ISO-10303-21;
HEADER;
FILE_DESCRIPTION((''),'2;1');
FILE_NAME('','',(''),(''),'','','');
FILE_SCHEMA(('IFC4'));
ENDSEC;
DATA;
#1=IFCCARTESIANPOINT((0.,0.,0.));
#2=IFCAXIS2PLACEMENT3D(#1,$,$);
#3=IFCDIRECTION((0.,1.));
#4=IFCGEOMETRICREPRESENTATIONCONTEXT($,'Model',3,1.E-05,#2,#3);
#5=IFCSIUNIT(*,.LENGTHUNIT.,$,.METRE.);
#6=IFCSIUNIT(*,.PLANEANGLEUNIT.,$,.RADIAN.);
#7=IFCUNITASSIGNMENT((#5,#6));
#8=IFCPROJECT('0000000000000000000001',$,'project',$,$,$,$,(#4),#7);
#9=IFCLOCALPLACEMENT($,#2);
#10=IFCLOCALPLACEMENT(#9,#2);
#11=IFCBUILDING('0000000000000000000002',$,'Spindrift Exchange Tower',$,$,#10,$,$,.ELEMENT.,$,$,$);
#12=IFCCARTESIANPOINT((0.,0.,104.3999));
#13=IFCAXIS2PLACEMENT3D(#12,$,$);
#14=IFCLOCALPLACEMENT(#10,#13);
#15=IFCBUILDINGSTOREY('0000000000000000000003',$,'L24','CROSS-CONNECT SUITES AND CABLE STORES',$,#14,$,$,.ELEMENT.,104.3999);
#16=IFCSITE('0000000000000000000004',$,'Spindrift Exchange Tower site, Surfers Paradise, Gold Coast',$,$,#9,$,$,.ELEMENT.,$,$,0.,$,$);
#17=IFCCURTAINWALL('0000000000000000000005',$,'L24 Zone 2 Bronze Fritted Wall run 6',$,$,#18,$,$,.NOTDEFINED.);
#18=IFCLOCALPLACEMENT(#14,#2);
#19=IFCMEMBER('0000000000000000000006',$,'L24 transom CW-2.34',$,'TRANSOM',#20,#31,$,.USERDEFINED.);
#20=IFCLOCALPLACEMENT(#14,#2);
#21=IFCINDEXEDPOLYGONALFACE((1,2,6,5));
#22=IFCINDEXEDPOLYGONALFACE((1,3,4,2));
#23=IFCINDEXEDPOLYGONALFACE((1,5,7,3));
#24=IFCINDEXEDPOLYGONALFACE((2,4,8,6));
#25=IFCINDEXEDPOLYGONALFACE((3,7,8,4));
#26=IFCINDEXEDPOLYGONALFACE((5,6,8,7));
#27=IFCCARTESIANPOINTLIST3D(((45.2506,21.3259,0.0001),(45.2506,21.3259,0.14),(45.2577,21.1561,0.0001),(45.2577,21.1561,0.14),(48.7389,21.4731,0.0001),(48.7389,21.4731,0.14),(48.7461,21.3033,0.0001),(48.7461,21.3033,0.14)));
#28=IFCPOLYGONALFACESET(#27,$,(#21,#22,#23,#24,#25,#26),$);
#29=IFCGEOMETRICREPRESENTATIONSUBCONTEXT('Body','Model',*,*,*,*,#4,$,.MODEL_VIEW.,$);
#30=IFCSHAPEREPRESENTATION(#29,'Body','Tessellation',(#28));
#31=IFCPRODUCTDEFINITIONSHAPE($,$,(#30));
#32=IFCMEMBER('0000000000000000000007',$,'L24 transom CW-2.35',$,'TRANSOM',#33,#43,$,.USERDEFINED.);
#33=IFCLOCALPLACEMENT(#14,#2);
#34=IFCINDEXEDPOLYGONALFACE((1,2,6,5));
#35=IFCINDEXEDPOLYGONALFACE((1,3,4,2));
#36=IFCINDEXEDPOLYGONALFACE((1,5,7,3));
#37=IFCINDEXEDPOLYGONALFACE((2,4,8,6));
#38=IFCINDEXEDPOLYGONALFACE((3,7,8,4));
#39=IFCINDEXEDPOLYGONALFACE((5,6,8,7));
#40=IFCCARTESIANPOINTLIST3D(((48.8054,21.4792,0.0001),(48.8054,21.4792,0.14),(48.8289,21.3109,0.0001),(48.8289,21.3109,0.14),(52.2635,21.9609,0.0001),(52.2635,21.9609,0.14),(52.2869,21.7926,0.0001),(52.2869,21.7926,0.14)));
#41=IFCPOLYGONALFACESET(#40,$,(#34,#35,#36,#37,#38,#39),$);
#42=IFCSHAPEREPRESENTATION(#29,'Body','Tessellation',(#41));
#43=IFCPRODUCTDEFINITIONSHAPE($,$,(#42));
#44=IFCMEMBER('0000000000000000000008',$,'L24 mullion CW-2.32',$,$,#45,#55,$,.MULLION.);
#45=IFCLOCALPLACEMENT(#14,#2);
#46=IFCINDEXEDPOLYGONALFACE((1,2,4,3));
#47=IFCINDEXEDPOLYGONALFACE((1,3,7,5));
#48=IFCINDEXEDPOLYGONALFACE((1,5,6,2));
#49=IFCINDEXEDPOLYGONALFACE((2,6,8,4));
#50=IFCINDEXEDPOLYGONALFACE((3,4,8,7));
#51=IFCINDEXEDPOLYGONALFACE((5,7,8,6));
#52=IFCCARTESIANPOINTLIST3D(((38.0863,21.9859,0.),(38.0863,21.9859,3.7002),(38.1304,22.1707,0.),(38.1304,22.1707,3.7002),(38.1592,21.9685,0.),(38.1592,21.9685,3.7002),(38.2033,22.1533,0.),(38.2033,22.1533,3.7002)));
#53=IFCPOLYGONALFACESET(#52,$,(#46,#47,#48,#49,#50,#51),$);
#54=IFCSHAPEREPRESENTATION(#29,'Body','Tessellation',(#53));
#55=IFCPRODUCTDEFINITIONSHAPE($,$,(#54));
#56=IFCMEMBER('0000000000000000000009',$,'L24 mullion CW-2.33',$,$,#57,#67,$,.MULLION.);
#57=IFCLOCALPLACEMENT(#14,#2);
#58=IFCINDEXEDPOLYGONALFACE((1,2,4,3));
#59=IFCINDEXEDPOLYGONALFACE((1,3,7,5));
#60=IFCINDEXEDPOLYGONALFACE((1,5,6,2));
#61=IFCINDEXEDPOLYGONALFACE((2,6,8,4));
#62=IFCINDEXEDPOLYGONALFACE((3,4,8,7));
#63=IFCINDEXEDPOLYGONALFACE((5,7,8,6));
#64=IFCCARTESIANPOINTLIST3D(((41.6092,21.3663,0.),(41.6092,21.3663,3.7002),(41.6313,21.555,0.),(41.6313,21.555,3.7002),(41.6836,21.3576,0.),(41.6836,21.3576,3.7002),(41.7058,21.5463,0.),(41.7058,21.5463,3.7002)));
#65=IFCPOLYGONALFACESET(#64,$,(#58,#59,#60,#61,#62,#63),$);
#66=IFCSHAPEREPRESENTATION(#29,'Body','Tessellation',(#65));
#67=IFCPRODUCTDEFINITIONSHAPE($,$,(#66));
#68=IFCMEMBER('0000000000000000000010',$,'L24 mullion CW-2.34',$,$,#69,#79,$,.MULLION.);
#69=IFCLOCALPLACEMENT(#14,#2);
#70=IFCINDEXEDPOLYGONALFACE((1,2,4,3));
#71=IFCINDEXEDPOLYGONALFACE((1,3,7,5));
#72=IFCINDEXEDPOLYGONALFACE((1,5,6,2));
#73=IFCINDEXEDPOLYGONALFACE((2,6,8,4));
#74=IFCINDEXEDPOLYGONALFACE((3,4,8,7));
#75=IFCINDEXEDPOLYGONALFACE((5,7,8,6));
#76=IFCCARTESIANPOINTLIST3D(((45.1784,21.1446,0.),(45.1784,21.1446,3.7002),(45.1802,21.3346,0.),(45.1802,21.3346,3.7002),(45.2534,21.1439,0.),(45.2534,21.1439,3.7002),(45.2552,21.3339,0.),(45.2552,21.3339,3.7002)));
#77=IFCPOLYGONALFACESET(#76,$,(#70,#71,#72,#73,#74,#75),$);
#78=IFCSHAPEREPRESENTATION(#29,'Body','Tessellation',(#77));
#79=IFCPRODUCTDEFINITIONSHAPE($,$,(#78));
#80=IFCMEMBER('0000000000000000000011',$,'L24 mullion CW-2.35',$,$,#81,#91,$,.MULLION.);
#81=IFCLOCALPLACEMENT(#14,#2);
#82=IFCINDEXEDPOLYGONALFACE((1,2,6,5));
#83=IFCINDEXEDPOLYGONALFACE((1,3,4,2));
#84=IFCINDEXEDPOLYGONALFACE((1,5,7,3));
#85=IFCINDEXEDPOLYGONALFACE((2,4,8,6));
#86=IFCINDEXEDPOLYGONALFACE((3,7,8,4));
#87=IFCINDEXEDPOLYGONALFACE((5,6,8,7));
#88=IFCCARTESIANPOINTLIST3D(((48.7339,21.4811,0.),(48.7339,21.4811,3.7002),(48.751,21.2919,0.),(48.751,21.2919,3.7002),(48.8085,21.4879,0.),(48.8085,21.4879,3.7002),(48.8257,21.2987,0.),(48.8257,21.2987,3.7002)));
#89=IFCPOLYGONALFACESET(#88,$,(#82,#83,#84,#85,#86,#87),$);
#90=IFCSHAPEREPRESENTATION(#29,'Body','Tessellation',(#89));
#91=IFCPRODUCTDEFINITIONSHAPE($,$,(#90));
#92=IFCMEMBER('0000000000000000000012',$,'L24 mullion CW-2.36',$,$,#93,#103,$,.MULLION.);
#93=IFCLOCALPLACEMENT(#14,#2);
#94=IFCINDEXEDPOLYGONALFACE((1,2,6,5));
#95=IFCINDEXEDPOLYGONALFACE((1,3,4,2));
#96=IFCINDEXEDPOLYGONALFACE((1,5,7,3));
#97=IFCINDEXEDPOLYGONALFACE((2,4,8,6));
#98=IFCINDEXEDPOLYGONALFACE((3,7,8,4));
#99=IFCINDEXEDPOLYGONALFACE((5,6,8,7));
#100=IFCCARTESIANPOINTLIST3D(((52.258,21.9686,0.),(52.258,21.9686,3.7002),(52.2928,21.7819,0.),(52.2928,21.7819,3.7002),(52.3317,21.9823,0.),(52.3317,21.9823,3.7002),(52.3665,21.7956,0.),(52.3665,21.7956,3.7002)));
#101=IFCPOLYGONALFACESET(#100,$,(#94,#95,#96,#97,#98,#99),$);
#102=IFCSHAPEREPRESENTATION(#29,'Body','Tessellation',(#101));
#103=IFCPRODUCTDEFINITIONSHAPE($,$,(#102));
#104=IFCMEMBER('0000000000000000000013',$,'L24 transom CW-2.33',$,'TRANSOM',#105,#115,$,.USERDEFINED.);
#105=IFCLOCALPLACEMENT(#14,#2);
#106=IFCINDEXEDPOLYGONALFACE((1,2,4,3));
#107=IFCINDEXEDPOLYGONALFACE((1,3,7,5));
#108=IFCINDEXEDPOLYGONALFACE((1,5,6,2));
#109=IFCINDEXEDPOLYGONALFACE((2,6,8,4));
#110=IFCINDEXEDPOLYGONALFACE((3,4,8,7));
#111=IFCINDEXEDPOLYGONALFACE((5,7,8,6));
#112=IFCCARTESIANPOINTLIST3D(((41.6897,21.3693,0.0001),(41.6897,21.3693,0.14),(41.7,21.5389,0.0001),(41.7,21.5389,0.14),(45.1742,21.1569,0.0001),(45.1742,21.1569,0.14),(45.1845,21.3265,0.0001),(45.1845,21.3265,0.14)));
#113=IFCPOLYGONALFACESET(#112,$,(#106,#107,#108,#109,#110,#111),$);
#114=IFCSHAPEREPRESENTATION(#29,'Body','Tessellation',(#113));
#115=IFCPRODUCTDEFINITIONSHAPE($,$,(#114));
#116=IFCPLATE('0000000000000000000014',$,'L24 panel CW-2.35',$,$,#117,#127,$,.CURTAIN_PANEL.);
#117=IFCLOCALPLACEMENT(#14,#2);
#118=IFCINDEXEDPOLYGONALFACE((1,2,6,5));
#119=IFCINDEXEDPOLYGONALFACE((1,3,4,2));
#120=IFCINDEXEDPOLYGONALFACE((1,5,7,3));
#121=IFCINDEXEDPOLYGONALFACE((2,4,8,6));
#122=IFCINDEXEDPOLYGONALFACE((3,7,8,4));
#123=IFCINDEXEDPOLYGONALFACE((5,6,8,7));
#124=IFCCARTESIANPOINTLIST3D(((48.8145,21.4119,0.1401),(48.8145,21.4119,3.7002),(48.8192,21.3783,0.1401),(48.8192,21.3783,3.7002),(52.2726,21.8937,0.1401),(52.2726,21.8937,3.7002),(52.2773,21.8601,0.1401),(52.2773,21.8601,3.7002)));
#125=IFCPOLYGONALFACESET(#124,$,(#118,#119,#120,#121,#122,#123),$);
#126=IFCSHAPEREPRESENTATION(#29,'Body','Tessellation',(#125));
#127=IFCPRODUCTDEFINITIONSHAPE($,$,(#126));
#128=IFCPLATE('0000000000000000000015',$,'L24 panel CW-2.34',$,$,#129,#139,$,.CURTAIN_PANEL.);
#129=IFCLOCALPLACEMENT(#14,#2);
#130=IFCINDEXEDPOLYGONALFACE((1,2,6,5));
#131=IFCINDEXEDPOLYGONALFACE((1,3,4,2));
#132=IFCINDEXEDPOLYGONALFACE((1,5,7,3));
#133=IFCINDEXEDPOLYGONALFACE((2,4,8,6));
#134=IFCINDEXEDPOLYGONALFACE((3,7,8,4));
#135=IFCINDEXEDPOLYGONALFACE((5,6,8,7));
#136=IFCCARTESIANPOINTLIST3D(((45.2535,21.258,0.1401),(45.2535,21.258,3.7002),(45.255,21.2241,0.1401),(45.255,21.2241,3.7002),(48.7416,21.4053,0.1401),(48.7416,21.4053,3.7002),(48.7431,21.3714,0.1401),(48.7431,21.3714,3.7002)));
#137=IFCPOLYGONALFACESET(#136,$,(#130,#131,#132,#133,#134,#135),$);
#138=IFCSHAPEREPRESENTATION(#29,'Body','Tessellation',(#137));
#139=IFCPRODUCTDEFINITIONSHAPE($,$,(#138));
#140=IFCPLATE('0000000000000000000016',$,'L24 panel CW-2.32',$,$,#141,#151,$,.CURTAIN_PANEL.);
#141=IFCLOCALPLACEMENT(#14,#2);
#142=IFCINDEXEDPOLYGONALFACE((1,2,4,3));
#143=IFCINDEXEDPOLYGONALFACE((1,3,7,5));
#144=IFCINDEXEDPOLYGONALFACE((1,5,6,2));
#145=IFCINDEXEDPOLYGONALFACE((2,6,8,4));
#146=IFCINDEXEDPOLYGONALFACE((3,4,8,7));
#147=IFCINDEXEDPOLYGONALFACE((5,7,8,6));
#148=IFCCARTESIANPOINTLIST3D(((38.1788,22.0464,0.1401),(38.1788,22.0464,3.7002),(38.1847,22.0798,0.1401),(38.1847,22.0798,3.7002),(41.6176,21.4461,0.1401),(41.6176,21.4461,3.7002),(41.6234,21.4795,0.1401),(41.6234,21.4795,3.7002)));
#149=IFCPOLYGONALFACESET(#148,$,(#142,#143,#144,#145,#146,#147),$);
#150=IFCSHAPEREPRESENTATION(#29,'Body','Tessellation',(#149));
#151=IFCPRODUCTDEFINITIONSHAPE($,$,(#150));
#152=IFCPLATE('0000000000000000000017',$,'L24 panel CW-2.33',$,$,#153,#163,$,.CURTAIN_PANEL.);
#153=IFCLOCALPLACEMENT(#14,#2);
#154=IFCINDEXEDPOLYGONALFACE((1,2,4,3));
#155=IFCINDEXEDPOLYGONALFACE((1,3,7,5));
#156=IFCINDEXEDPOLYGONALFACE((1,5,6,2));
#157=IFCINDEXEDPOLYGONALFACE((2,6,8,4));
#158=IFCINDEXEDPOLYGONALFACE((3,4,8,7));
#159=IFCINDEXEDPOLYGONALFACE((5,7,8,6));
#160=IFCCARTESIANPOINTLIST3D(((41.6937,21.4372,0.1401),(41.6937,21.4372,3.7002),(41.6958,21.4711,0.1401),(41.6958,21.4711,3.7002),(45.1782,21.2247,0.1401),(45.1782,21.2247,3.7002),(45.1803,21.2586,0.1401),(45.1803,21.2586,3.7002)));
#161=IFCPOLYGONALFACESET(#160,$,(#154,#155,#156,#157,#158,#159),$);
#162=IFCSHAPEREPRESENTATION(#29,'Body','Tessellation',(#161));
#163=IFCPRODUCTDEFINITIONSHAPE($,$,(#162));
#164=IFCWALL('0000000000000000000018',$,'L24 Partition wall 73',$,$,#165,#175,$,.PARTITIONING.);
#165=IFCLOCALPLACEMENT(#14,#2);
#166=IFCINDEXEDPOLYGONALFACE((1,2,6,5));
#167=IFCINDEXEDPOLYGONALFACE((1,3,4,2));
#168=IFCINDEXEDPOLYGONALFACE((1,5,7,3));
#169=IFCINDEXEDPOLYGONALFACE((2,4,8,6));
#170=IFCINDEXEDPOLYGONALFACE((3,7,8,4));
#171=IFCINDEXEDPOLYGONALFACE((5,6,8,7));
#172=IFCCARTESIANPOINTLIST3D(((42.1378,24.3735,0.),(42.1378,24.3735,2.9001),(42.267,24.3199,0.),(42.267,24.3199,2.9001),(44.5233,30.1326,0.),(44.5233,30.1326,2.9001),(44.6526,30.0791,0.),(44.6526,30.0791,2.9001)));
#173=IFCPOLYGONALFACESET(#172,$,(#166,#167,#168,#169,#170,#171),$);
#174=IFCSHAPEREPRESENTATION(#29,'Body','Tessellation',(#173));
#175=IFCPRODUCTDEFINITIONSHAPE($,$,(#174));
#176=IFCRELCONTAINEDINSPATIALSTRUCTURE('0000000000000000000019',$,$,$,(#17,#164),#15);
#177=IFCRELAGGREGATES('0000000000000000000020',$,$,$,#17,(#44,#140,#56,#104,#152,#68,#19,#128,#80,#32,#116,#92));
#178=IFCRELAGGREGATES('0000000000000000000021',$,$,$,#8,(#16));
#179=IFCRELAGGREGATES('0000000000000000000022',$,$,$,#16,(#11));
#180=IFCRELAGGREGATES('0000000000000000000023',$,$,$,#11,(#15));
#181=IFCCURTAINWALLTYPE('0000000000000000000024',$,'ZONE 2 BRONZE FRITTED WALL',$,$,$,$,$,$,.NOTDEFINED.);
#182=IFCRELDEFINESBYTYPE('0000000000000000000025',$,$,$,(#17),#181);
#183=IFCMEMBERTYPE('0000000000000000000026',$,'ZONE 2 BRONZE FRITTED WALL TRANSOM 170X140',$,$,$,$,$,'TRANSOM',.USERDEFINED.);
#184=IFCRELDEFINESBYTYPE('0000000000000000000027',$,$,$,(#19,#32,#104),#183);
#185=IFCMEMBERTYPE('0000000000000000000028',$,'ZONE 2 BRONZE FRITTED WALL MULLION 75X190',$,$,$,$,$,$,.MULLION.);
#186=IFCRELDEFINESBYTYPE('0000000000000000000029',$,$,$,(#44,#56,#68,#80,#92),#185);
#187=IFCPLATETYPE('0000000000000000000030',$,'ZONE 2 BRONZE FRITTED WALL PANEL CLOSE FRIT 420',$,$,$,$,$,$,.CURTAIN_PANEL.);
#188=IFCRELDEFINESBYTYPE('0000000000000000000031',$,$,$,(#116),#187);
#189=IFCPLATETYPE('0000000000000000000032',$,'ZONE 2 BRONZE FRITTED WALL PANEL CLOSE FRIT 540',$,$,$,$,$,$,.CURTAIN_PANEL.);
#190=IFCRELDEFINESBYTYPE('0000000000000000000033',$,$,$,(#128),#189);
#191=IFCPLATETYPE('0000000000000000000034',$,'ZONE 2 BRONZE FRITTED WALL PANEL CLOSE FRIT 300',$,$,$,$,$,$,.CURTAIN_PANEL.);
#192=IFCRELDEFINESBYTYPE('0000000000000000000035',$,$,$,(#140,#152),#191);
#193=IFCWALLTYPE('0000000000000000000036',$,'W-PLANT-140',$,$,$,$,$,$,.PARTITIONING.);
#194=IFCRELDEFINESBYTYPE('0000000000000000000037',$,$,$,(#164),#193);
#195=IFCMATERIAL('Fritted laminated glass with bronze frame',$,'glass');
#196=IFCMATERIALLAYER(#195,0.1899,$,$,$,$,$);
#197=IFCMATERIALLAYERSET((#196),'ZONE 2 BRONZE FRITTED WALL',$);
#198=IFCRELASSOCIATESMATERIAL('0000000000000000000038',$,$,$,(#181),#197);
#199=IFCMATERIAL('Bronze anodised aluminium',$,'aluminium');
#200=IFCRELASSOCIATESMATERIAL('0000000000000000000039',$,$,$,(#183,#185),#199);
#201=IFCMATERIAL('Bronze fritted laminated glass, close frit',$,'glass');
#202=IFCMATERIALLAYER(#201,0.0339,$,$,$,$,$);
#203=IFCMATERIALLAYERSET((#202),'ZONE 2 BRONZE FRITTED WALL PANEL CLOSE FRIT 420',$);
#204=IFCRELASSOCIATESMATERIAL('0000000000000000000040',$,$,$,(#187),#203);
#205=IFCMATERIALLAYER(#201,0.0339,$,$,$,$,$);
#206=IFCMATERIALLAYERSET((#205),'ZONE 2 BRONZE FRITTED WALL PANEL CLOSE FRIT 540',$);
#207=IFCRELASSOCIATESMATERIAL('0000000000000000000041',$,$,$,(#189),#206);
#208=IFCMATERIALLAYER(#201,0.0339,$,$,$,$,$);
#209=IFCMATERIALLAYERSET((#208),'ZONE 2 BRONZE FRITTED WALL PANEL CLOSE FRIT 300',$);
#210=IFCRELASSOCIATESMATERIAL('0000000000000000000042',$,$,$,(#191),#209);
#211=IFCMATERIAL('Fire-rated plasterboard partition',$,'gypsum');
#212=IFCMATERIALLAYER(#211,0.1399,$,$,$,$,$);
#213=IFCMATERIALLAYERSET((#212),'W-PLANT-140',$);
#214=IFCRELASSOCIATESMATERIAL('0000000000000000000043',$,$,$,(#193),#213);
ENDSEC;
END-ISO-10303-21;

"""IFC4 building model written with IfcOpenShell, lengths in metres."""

from ifc_helpers import new_model, si_unit, direction, frame, frame_2d, origin, origin_2d, place, context, subcontext, project, spatial, rectangle, extrude, source, transform, mapped, material, layer, layer_set, material_profile, profile_set, type_object, element, aggregate, save


model = new_model("IFC4")

# Units and contexts
model_context = context("Model", 3, precision=1e-05, world=origin(), true_north=direction((0.0, 1.0)))
body_context = subcontext(model_context, "Body", "Model", "MODEL_VIEW")
ifc_project = project(units=[si_unit("LENGTHUNIT", "METRE"), si_unit("PLANEANGLEUNIT", "RADIAN")], contexts=[model_context])

# Site, building, storey
site_placement = place(None, origin())
site = spatial("IfcSite", under=ifc_project, at=site_placement, Name="Spindrift Exchange Tower site, Surfers Paradise, Gold Coast", CompositionType="ELEMENT", RefElevation=0.0)
building_placement = place(site_placement, origin())
building = spatial("IfcBuilding", under=site, at=building_placement, Name="Spindrift Exchange Tower", CompositionType="ELEMENT")
storey_placement = place(building_placement, frame((0.0, 0.0, 104.3999)))
storey = spatial("IfcBuildingStorey", under=building, at=storey_placement, Name="L24", Description="CROSS-CONNECT SUITES AND CABLE STORES", CompositionType="ELEMENT", Elevation=104.3999)

# Curtain wall, members, plates
ifc_material_1 = material(Name="Fritted laminated glass with bronze frame", Category="glass")
ifc_layer_1 = layer(ifc_material_1, 0.1899)
ifc_layer_set_1 = layer_set([ifc_layer_1], Name="ZONE 2 BRONZE FRITTED WALL")
curtain_wall_type = type_object("IfcCurtainWallType", Name="ZONE 2 BRONZE FRITTED WALL", PredefinedType="NOTDEFINED", material=ifc_layer_set_1)
curtain_wall_placement = place(storey_placement, origin())
curtain_wall = element("IfcCurtainWall", 1, at=curtain_wall_placement, inside=storey, type_object=curtain_wall_type, Name="L24 Zone 2 Bronze Fritted Wall run 6", PredefinedType="NOTDEFINED")
ifc_material_2 = material(Name="Bronze anodised aluminium", Category="aluminium")
ifc_material_profile_1 = material_profile(ifc_material_2, rectangle(XDim=0.1699, YDim=0.1399, at=origin_2d()), Name="ZONE 2 BRONZE FRITTED WALL TRANSOM 170X140")
ifc_profile_set_1 = profile_set([ifc_material_profile_1], Name="Bronze anodised aluminium")
member_type_1 = type_object("IfcMemberType", Name="ZONE 2 BRONZE FRITTED WALL TRANSOM 170X140", ElementType="TRANSOM", PredefinedType="USERDEFINED", material=ifc_profile_set_1)
shared_shape_1 = source(origin(), body_context, "Body", "SweptSolid", [
    extrude(rectangle(XDim=0.1699, YDim=0.1399, at=origin_2d()), origin(), (0.0, 0.0, 1.0), 3.4915),
])
member_1_placement = place(storey_placement, frame((45.2542, 21.241, 0.0701), z_axis=(0.999111, 0.042166, 0.0), x_axis=(-0.042166, 0.999111, 0.0)))
member_1 = element("IfcMember", 2, at=member_1_placement, type_object=member_type_1, Name="L24 transom CW-2.34", ObjectType="TRANSOM", PredefinedType="USERDEFINED", context=body_context, shape_type="MappedRepresentation", body=[
    mapped(shared_shape_1, transform((0.0, 0.0, 0.0), scale=1.0)),
])
member_2_placement = place(storey_placement, frame((48.8171, 21.395, 0.0701), z_axis=(0.990437, 0.137965, 0.0), x_axis=(-0.137965, 0.990437, 0.0)))
member_2 = element("IfcMember", 3, at=member_2_placement, type_object=member_type_1, Name="L24 transom CW-2.35", ObjectType="TRANSOM", PredefinedType="USERDEFINED", context=body_context, shape_type="MappedRepresentation", body=[
    mapped(shared_shape_1, transform((0.0, 0.0, 0.0), scale=1.0)),
])
ifc_material_profile_2 = material_profile(ifc_material_2, rectangle(XDim=0.075, YDim=0.1899, at=origin_2d()), Name="ZONE 2 BRONZE FRITTED WALL MULLION 75X190")
ifc_profile_set_2 = profile_set([ifc_material_profile_2], Name="Bronze anodised aluminium")
member_type_2 = type_object("IfcMemberType", Name="ZONE 2 BRONZE FRITTED WALL MULLION 75X190", PredefinedType="MULLION", material=ifc_profile_set_2)
shared_shape_2 = source(origin(), body_context, "Body", "SweptSolid", [
    extrude(rectangle(XDim=0.075, YDim=0.1899, at=origin_2d()), origin(), (0.0, 0.0, 1.0), 3.7002),
])
member_3_placement = place(storey_placement, frame((38.1448, 22.0696, 0.0), z_axis=(0.0, 0.0, 1.0), x_axis=(0.972694, -0.232092, 0.0)))
member_3 = element("IfcMember", 4, at=member_3_placement, type_object=member_type_2, Name="L24 mullion CW-2.32", PredefinedType="MULLION", context=body_context, shape_type="MappedRepresentation", body=[
    mapped(shared_shape_2, transform((0.0, 0.0, 0.0), scale=1.0)),
])
member_4_placement = place(storey_placement, frame((41.6575, 21.4563, 0.0), z_axis=(0.0, 0.0, 1.0), x_axis=(0.993178, -0.116608, 0.0)))
member_4 = element("IfcMember", 5, at=member_4_placement, type_object=member_type_2, Name="L24 mullion CW-2.33", PredefinedType="MULLION", context=body_context, shape_type="MappedRepresentation", body=[
    mapped(shared_shape_2, transform((0.0, 0.0, 0.0), scale=1.0)),
])
member_5_placement = place(storey_placement, frame((45.2168, 21.2393, 0.0), z_axis=(0.0, 0.0, 1.0), x_axis=(0.999956, -0.009352, 0.0)))
member_5 = element("IfcMember", 6, at=member_5_placement, type_object=member_type_2, Name="L24 mullion CW-2.34", PredefinedType="MULLION", context=body_context, shape_type="MappedRepresentation", body=[
    mapped(shared_shape_2, transform((0.0, 0.0, 0.0), scale=1.0)),
])
member_6_placement = place(storey_placement, frame((48.7798, 21.3899, 0.0), z_axis=(0.0, 0.0, 1.0), x_axis=(0.995923, 0.090209, 0.0)))
member_6 = element("IfcMember", 7, at=member_6_placement, type_object=member_type_2, Name="L24 mullion CW-2.35", PredefinedType="MULLION", context=body_context, shape_type="MappedRepresentation", body=[
    mapped(shared_shape_2, transform((0.0, 0.0, 0.0), scale=1.0)),
])
member_7_placement = place(storey_placement, frame((52.3123, 21.8821, 0.0), z_axis=(0.0, 0.0, 1.0), x_axis=(0.98312, 0.18296, 0.0)))
member_7 = element("IfcMember", 8, at=member_7_placement, type_object=member_type_2, Name="L24 mullion CW-2.36", PredefinedType="MULLION", context=body_context, shape_type="MappedRepresentation", body=[
    mapped(shared_shape_2, transform((0.0, 0.0, 0.0), scale=1.0)),
])
shared_shape_3 = source(origin(), body_context, "Body", "SweptSolid", [
    extrude(rectangle(XDim=0.1699, YDim=0.1399, at=origin_2d()), origin(), (0.0, 0.0, 1.0), 3.491),
])
member_8_placement = place(storey_placement, frame((41.6948, 21.4541, 0.0701), z_axis=(0.998147, -0.060841, 0.0), x_axis=(0.060841, 0.998147, 0.0)))
member_8 = element("IfcMember", 9, at=member_8_placement, type_object=member_type_1, Name="L24 transom CW-2.33", ObjectType="TRANSOM", PredefinedType="USERDEFINED", context=body_context, shape_type="MappedRepresentation", body=[
    mapped(shared_shape_3, transform((0.0, 0.0, 0.0), scale=1.0)),
])
ifc_material_3 = material(Name="Bronze fritted laminated glass, close frit", Category="glass")
ifc_layer_2 = layer(ifc_material_3, 0.0339)
ifc_layer_set_2 = layer_set([ifc_layer_2], Name="ZONE 2 BRONZE FRITTED WALL PANEL CLOSE FRIT 420")
plate_type_1 = type_object("IfcPlateType", Name="ZONE 2 BRONZE FRITTED WALL PANEL CLOSE FRIT 420", PredefinedType="CURTAIN_PANEL", material=ifc_layer_set_2)
shared_shape_4 = source(origin(), body_context, "Body", "SweptSolid", [
    extrude(rectangle(XDim=3.4915, YDim=0.0339, at=origin_2d()), origin(), (0.0, 0.0, 1.0), 3.5601),
])
plate_1_placement = place(storey_placement, frame((50.5459, 21.636, 0.1401), z_axis=(0.0, 0.0, 1.0), x_axis=(0.990431, 0.13801, 0.0)))
plate_1 = element("IfcPlate", 10, at=plate_1_placement, type_object=plate_type_1, Name="L24 panel CW-2.35", PredefinedType="CURTAIN_PANEL", context=body_context, shape_type="MappedRepresentation", body=[
    mapped(shared_shape_4, transform((0.0, 0.0, 0.0), scale=1.0)),
])
ifc_layer_3 = layer(ifc_material_3, 0.0339)
ifc_layer_set_3 = layer_set([ifc_layer_3], Name="ZONE 2 BRONZE FRITTED WALL PANEL CLOSE FRIT 540")
plate_type_2 = type_object("IfcPlateType", Name="ZONE 2 BRONZE FRITTED WALL PANEL CLOSE FRIT 540", PredefinedType="CURTAIN_PANEL", material=ifc_layer_set_3)
shared_shape_5 = source(origin(), body_context, "Body", "SweptSolid", [
    extrude(rectangle(XDim=3.4912, YDim=0.0339, at=origin_2d()), origin(), (0.0, 0.0, 1.0), 3.5601),
])
plate_2_placement = place(storey_placement, frame((46.9983, 21.3147, 0.1401), z_axis=(0.0, 0.0, 1.0), x_axis=(0.999109, 0.042202, 0.0)))
plate_2 = element("IfcPlate", 11, at=plate_2_placement, type_object=plate_type_2, Name="L24 panel CW-2.34", PredefinedType="CURTAIN_PANEL", context=body_context, shape_type="MappedRepresentation", body=[
    mapped(shared_shape_5, transform((0.0, 0.0, 0.0), scale=1.0)),
])
ifc_layer_4 = layer(ifc_material_3, 0.0339)
ifc_layer_set_4 = layer_set([ifc_layer_4], Name="ZONE 2 BRONZE FRITTED WALL PANEL CLOSE FRIT 300")
plate_type_3 = type_object("IfcPlateType", Name="ZONE 2 BRONZE FRITTED WALL PANEL CLOSE FRIT 300", PredefinedType="CURTAIN_PANEL", material=ifc_layer_set_4)
shared_shape_6 = source(origin(), body_context, "Body", "SweptSolid", [
    extrude(rectangle(XDim=3.4907, YDim=0.0339, at=origin_2d()), origin(), (0.0, 0.0, 1.0), 3.5601),
])
plate_3_placement = place(storey_placement, frame((39.9011, 21.7629, 0.1401), z_axis=(0.0, 0.0, 1.0), x_axis=(0.985102, -0.17197, 0.0)))
plate_3 = element("IfcPlate", 12, at=plate_3_placement, type_object=plate_type_3, Name="L24 panel CW-2.32", PredefinedType="CURTAIN_PANEL", context=body_context, shape_type="MappedRepresentation", body=[
    mapped(shared_shape_6, transform((0.0, 0.0, 0.0), scale=1.0)),
])
shared_shape_7 = source(origin(), body_context, "Body", "SweptSolid", [
    extrude(rectangle(XDim=3.491, YDim=0.0339, at=origin_2d()), origin(), (0.0, 0.0, 1.0), 3.5601),
])
plate_4_placement = place(storey_placement, frame((43.437, 21.3479, 0.1401), z_axis=(0.0, 0.0, 1.0), x_axis=(0.998145, -0.06088, 0.0)))
plate_4 = element("IfcPlate", 13, at=plate_4_placement, type_object=plate_type_3, Name="L24 panel CW-2.33", PredefinedType="CURTAIN_PANEL", context=body_context, shape_type="MappedRepresentation", body=[
    mapped(shared_shape_7, transform((0.0, 0.0, 0.0), scale=1.0)),
])
aggregate(curtain_wall, [member_3, plate_3, member_4, member_8, plate_4, member_5, member_1, plate_2, member_6, member_2, plate_1, member_7])

# Wall
ifc_material_4 = material(Name="Fire-rated plasterboard partition", Category="gypsum")
ifc_layer_5 = layer(ifc_material_4, 0.1399)
ifc_layer_set_5 = layer_set([ifc_layer_5], Name="W-PLANT-140")
wall_type = type_object("IfcWallType", Name="W-PLANT-140", PredefinedType="PARTITIONING", material=ifc_layer_set_5)
wall_1_placement = place(storey_placement, frame((44.5879, 30.1057, 0.0), z_axis=(0.0, 0.0, 1.0), x_axis=(-0.382687, -0.923878, 0.0)))
element("IfcWall", 14, at=wall_1_placement, inside=storey, type_object=wall_type, Name="L24 Partition wall 73", PredefinedType="PARTITIONING", context=body_context, shape_type="SweptSolid", body=[
    extrude(rectangle(XDim=6.2336, YDim=0.1399, at=frame_2d((3.1167, 0.0))), origin(), (0.0, 0.0, 1.0), 2.9001),
])

save(model, "model.ifc")
